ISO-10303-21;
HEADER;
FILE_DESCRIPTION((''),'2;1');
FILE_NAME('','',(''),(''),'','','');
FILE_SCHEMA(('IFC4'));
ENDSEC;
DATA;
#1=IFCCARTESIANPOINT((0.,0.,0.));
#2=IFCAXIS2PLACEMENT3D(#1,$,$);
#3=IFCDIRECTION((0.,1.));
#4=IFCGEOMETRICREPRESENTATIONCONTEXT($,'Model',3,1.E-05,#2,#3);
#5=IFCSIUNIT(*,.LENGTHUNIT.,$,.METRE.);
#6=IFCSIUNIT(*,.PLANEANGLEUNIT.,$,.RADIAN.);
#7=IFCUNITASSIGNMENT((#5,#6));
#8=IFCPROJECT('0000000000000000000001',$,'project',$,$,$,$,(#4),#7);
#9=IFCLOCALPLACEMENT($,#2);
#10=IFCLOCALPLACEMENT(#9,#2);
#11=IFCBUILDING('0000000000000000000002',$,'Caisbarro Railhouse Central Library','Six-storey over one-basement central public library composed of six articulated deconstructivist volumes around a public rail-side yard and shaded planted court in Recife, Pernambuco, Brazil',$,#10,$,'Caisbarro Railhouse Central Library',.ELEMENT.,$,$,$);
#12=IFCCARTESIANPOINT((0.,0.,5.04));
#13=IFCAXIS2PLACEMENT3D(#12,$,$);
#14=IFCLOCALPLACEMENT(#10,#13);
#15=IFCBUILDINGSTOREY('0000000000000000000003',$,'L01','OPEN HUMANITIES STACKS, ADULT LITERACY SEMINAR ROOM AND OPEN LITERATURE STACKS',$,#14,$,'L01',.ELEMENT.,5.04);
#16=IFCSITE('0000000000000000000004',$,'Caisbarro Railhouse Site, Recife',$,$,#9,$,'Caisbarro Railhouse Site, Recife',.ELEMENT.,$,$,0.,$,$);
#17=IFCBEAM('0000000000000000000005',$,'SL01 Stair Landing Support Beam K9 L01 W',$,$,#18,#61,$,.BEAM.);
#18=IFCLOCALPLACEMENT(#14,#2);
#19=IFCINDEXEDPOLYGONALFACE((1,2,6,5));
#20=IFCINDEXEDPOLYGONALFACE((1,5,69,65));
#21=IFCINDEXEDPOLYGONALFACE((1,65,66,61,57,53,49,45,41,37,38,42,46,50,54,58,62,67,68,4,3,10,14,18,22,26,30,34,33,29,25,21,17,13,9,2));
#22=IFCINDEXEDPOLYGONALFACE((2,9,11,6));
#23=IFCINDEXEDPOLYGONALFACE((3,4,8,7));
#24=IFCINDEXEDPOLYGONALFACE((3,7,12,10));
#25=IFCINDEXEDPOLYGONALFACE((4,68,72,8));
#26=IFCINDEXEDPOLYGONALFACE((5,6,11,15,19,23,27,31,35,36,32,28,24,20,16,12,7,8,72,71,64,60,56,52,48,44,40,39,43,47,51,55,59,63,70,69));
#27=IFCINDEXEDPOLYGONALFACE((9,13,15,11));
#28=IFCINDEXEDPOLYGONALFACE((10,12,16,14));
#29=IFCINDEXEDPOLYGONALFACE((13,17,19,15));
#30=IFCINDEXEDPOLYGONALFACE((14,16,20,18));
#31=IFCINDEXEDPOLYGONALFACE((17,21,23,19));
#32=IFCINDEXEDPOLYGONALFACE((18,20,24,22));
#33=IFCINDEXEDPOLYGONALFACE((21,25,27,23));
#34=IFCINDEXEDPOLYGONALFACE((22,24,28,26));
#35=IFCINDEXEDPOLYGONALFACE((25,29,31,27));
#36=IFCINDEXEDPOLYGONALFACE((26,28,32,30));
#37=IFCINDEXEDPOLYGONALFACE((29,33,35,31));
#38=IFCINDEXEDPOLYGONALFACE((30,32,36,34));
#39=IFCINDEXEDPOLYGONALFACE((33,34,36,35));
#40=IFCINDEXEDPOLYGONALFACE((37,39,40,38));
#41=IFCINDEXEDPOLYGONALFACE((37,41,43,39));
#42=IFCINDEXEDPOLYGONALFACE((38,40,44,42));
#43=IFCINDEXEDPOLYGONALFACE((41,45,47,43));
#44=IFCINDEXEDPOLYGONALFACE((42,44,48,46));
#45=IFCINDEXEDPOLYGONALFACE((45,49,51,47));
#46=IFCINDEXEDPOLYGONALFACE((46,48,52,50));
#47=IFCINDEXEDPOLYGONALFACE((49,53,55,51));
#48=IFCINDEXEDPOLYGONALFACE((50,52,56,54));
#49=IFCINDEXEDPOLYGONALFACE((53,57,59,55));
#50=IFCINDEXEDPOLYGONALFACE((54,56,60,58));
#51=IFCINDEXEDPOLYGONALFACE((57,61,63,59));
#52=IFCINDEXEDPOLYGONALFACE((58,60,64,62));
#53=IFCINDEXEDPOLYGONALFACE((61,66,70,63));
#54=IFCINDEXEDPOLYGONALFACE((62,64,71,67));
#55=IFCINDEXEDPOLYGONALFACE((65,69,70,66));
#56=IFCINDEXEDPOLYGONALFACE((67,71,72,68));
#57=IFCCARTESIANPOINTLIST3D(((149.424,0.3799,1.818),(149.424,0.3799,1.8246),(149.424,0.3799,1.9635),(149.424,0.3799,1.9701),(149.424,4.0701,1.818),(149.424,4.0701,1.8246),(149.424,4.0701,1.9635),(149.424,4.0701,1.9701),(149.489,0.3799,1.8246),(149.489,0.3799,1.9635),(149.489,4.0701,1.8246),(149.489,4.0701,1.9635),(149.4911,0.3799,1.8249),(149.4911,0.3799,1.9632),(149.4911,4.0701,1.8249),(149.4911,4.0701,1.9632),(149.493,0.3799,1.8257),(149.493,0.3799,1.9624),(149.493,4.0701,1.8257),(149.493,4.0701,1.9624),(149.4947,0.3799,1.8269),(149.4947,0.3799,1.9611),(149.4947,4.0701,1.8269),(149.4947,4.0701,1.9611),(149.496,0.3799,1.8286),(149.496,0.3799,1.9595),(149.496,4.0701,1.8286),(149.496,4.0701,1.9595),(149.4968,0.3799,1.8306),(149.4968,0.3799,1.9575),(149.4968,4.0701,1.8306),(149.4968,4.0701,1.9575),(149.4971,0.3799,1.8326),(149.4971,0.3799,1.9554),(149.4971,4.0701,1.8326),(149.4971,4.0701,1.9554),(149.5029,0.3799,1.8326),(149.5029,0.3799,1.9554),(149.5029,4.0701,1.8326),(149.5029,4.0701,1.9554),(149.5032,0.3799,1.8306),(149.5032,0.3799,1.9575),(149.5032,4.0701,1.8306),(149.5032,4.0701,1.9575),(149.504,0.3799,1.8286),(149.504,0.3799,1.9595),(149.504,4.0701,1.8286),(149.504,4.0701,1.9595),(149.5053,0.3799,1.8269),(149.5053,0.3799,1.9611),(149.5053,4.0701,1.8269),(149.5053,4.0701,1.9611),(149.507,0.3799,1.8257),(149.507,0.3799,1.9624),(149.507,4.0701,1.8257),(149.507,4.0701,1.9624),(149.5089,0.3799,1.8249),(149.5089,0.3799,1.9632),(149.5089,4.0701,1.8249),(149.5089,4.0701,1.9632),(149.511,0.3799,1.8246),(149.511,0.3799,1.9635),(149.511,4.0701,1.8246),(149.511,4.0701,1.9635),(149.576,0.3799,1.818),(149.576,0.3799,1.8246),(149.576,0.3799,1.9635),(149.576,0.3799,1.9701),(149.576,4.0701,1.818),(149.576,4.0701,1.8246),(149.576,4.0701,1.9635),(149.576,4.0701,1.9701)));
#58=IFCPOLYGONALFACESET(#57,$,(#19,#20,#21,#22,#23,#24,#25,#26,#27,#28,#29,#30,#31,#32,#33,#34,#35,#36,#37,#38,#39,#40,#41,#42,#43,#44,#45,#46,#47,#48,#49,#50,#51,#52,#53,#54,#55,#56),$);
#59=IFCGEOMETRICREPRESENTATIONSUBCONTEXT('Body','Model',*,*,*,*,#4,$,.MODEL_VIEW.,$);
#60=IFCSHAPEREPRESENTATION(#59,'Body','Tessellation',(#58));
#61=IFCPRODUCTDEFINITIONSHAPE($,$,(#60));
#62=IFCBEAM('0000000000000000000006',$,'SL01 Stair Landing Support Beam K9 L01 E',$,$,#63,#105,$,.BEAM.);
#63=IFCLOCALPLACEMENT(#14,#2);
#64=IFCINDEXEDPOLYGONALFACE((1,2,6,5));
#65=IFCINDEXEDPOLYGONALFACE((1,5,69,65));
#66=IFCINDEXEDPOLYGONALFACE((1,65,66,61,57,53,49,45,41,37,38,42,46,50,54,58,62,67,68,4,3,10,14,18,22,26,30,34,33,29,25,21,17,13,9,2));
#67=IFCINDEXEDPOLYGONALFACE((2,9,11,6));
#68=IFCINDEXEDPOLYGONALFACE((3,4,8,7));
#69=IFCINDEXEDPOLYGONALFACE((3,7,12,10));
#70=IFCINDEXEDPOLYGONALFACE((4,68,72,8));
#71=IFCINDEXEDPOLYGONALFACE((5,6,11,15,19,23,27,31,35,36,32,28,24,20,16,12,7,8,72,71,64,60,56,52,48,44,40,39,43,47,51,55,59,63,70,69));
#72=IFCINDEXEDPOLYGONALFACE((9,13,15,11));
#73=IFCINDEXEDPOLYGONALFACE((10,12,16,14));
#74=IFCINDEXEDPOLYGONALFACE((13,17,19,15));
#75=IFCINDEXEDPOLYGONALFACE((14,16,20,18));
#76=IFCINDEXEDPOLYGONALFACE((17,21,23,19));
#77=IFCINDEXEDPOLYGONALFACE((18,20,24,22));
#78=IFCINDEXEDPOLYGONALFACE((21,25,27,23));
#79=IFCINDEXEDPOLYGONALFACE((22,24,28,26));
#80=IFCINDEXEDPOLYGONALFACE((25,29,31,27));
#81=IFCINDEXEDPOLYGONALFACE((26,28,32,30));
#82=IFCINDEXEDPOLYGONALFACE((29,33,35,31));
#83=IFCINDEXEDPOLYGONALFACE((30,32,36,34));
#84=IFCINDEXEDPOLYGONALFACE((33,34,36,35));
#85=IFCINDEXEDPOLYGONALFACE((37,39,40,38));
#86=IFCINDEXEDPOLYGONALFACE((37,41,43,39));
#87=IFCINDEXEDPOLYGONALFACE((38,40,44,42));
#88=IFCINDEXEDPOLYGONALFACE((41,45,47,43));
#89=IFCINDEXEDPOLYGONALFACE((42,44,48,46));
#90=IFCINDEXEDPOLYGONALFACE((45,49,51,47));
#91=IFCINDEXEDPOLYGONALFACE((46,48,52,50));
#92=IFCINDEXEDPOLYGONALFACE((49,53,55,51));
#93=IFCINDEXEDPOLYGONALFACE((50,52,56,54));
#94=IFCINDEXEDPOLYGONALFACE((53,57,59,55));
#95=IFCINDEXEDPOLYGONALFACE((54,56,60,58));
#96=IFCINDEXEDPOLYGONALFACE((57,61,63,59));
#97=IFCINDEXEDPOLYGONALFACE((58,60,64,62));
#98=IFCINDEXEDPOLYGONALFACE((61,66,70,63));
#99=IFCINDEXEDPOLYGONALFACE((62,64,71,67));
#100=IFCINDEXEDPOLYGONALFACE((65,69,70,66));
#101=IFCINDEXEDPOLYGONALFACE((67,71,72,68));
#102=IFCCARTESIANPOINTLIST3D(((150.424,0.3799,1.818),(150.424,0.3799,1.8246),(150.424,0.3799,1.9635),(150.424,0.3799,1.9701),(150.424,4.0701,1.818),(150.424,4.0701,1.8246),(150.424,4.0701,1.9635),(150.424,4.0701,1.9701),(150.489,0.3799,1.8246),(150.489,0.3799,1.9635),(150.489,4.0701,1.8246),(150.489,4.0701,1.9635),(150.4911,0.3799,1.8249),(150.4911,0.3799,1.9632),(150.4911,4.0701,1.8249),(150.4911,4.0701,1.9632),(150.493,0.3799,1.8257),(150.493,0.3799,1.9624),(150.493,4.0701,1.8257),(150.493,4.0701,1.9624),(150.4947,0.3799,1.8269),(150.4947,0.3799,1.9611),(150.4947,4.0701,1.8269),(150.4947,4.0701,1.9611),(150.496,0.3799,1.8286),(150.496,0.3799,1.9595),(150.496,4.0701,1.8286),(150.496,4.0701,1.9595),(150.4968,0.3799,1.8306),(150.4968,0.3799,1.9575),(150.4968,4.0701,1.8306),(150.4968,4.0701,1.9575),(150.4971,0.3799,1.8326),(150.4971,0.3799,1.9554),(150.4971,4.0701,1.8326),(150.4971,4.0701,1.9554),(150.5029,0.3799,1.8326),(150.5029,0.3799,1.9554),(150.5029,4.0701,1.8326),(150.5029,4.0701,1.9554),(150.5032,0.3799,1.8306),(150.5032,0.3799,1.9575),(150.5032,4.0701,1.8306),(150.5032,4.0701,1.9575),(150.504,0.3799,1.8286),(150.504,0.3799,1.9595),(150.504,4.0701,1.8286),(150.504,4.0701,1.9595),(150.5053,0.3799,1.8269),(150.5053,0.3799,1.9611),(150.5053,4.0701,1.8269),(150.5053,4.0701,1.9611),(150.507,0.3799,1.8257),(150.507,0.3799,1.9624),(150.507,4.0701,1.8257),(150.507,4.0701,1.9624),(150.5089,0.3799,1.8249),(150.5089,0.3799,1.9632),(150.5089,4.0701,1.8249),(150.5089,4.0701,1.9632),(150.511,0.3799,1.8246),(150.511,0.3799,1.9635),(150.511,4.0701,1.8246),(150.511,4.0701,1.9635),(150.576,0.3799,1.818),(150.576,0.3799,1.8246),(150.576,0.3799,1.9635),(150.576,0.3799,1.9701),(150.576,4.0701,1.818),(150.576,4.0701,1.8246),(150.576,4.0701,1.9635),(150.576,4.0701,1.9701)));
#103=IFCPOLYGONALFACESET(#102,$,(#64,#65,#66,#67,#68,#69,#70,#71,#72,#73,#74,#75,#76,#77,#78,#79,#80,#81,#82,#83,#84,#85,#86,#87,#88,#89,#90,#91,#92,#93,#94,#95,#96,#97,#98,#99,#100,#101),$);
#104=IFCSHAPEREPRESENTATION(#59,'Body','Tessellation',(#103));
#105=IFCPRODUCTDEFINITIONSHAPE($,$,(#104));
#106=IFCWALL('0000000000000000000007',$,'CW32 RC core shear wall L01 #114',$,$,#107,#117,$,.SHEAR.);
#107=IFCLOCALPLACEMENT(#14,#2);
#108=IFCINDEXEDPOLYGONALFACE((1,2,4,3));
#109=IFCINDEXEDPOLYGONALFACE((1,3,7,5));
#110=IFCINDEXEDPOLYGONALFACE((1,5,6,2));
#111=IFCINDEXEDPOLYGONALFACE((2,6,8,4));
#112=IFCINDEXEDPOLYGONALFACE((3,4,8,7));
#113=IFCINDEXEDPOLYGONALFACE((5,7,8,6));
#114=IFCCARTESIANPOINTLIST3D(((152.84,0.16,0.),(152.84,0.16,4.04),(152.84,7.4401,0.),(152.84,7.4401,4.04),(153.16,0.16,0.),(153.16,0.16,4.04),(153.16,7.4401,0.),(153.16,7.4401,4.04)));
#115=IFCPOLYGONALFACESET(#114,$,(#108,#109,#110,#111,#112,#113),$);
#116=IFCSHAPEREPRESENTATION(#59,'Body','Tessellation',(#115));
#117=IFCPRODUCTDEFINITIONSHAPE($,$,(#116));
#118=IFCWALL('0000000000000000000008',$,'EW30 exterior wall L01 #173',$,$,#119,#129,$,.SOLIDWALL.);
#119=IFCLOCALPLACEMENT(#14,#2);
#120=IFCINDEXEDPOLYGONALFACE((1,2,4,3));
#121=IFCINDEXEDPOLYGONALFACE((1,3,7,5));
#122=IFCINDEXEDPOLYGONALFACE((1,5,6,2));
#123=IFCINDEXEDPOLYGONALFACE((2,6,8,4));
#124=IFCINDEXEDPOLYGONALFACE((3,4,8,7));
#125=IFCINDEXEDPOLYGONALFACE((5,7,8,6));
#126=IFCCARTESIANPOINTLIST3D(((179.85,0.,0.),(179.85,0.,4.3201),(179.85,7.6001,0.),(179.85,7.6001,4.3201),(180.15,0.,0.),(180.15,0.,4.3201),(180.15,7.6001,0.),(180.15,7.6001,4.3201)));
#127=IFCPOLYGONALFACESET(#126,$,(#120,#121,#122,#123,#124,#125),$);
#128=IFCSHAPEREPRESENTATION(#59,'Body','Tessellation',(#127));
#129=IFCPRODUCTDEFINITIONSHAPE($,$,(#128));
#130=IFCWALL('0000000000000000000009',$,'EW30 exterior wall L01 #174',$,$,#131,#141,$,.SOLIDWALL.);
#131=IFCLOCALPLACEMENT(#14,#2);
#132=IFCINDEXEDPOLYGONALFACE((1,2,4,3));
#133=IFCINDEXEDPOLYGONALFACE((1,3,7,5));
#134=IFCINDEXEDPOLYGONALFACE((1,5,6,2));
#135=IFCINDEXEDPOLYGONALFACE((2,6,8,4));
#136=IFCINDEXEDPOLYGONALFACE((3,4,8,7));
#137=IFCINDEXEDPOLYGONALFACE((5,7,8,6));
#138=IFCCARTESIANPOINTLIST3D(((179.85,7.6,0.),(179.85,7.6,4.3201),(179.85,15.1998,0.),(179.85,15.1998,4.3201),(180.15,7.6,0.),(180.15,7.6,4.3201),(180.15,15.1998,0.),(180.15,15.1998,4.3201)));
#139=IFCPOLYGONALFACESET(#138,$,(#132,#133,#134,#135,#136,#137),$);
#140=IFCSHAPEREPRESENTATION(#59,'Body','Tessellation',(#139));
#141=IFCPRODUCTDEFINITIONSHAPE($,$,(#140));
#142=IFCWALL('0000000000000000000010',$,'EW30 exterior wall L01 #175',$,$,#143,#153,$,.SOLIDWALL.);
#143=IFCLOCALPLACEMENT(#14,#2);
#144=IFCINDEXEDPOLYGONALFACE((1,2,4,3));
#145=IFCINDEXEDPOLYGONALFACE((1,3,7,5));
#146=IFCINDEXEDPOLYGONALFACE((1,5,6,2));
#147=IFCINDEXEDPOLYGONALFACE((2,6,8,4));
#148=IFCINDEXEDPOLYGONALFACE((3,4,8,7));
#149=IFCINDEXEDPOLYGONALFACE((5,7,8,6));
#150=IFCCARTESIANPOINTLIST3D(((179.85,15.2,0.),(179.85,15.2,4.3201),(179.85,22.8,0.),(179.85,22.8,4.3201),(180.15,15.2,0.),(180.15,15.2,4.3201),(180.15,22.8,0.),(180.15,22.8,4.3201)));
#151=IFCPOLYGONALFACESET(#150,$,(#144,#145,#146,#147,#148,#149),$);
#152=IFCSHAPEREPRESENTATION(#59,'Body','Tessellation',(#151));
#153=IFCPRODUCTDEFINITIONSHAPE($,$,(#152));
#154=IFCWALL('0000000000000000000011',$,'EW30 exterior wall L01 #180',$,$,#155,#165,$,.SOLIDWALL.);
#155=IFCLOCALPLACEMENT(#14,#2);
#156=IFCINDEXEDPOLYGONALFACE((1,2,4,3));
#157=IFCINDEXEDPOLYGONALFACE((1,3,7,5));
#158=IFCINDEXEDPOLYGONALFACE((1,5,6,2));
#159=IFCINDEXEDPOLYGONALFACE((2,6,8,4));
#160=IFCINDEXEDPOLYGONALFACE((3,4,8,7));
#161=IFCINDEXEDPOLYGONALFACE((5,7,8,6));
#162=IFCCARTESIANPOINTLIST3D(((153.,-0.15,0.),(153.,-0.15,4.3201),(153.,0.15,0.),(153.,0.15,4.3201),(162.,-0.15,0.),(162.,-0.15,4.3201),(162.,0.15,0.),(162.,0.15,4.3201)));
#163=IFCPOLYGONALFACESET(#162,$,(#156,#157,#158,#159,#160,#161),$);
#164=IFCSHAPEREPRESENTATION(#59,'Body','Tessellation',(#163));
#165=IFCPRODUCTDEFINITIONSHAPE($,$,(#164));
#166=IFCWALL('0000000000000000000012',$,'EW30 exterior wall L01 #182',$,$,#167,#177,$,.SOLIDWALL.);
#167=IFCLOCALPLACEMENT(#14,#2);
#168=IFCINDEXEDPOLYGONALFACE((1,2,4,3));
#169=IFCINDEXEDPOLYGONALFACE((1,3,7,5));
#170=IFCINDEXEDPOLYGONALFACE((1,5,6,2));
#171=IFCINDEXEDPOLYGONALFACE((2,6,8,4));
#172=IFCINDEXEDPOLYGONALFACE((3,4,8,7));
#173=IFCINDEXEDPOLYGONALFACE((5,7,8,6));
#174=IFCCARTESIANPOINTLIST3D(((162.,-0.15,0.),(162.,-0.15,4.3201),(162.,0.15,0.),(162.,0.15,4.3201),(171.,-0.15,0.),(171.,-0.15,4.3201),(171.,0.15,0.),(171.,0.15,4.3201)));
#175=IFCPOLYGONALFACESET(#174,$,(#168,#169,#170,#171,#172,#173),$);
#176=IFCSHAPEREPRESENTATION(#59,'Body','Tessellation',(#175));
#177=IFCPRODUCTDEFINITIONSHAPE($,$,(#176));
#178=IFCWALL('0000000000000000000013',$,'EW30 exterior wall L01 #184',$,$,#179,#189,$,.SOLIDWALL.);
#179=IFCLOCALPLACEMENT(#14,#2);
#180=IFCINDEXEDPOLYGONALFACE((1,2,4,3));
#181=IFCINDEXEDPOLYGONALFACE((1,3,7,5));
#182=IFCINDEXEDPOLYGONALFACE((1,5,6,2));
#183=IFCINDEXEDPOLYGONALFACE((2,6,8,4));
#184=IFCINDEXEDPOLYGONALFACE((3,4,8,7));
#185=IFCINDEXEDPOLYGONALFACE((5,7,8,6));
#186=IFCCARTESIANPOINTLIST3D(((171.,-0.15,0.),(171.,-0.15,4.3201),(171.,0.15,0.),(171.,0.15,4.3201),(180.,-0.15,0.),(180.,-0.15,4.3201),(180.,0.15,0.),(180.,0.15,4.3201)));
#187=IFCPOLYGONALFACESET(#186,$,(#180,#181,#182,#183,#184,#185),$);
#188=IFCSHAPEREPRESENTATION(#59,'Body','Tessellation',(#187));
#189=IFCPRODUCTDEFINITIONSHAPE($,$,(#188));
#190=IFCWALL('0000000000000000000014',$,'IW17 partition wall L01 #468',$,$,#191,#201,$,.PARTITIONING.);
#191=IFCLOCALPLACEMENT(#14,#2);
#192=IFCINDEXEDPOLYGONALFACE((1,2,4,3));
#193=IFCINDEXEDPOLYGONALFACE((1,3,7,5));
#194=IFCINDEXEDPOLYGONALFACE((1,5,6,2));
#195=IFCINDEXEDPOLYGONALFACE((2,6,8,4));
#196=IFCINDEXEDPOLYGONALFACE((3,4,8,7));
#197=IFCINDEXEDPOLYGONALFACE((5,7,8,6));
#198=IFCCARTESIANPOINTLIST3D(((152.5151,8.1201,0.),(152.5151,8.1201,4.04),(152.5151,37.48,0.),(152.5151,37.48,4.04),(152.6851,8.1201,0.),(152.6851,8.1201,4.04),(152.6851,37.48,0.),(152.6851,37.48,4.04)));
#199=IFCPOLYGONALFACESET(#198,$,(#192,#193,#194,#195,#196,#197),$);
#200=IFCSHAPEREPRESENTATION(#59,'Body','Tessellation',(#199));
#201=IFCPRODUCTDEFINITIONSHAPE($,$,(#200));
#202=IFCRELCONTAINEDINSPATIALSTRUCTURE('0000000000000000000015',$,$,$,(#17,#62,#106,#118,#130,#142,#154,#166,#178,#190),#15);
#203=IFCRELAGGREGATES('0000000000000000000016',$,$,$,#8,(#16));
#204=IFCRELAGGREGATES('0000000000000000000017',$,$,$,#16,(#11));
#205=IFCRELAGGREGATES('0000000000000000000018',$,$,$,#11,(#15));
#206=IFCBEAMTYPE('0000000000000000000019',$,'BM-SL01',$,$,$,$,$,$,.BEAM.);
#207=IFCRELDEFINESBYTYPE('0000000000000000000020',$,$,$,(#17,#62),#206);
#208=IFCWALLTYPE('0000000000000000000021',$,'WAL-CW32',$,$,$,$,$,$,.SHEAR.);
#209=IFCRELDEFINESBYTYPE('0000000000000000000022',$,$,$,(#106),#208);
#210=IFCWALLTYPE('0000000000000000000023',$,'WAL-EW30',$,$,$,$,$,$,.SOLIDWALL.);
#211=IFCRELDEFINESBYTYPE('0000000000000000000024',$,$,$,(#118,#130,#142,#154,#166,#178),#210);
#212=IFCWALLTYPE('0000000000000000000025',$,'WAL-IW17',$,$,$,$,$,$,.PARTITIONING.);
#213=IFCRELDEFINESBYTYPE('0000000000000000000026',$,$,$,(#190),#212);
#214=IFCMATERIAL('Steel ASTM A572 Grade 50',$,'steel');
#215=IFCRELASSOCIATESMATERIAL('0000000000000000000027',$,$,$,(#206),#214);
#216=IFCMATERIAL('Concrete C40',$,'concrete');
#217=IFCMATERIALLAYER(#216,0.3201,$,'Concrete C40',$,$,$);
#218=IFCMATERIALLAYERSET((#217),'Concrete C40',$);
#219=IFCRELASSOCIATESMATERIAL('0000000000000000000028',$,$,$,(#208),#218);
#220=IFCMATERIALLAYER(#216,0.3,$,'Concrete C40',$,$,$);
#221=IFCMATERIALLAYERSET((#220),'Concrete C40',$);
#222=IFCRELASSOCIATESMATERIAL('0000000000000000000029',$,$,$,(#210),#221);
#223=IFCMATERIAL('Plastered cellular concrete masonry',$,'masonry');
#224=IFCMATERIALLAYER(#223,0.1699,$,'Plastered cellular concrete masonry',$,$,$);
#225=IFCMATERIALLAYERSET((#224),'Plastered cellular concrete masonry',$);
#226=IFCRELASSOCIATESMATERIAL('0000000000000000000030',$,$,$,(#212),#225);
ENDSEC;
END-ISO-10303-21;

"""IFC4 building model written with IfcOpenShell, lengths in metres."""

from ifc_helpers import new_model, si_unit, direction, frame, frame_2d, origin, origin_2d, place, context, subcontext, project, spatial, rectangle, i_section, extrude, material, layer, layer_set, material_profile, profile_set, type_object, element, save


model = new_model("IFC4")

# Units and contexts
model_context = context("Model", 3, precision=1e-05, world=origin(), true_north=direction((0.0, 1.0)))
body_context = subcontext(model_context, "Body", "Model", "MODEL_VIEW")
ifc_project = project(units=[si_unit("LENGTHUNIT", "METRE"), si_unit("PLANEANGLEUNIT", "RADIAN")], contexts=[model_context])

# Site, building, storey
site_placement = place(None, origin())
site = spatial("IfcSite", under=ifc_project, at=site_placement, Name="Caisbarro Railhouse Site, Recife", LongName="Caisbarro Railhouse Site, Recife", CompositionType="ELEMENT", RefElevation=0.0)
building_placement = place(site_placement, origin())
building = spatial("IfcBuilding", under=site, at=building_placement, Name="Caisbarro Railhouse Central Library", Description="Six-storey over one-basement central public library composed of six articulated deconstructivist volumes around a public rail-side yard and shaded planted court in Recife, Pernambuco, Brazil", LongName="Caisbarro Railhouse Central Library", CompositionType="ELEMENT")
storey_placement = place(building_placement, frame((0.0, 0.0, 5.04)))
storey = spatial("IfcBuildingStorey", under=building, at=storey_placement, Name="L01", Description="OPEN HUMANITIES STACKS, ADULT LITERACY SEMINAR ROOM AND OPEN LITERATURE STACKS", LongName="L01", CompositionType="ELEMENT", Elevation=5.04)

# Shared definitions
ifc_material_1 = material(Name="Steel ASTM A572 Grade 50", Category="steel")

# Beams
ifc_material_profile_1 = material_profile(ifc_material_1, i_section(OverallWidth=0.1521, OverallDepth=0.1521, WebThickness=0.0059, FlangeThickness=0.0066, FilletRadius=0.0081, at=origin_2d()), Name="W150X22.5")
ifc_profile_set_1 = profile_set([ifc_material_profile_1], Name="Steel ASTM A572 Grade 50")
beam_type_1 = type_object("IfcBeamType", Name="BM-SL01", PredefinedType="BEAM", material=ifc_profile_set_1)
for number, where, z_axis, x_axis, name in (
    (1, (149.5, 0.3799, 1.894), (0.0, 1.0, 0.0), (-1.0, 0.0, 0.0), "SL01 Stair Landing Support Beam K9 L01 W"),
    (2, (150.5, 0.3799, 1.894), (0.0, 1.0, 0.0), (-1.0, 0.0, 0.0), "SL01 Stair Landing Support Beam K9 L01 E"),
):
    element("IfcBeam", number, at=place(storey_placement, frame(where, z_axis=z_axis, x_axis=x_axis)), inside=storey, type_object=beam_type_1, Name=name, PredefinedType="BEAM", context=body_context, shape_type="SweptSolid", body=[
        extrude(i_section(OverallWidth=0.1521, OverallDepth=0.1521, WebThickness=0.0059, FlangeThickness=0.0066, FilletRadius=0.0081, at=origin_2d()), origin(), (0.0, 0.0, 1.0), 3.6902),
    ])

# Walls
ifc_material_2 = material(Name="Concrete C40", Category="concrete")
ifc_layer_1 = layer(ifc_material_2, 0.3201, Name="Concrete C40")
ifc_layer_set_1 = layer_set([ifc_layer_1], Name="Concrete C40")
wall_type_1 = type_object("IfcWallType", Name="WAL-CW32", PredefinedType="SHEAR", material=ifc_layer_set_1)
wall_1_placement = place(storey_placement, frame((153.0, 0.1599, 0.0), z_axis=(0.0, 0.0, 1.0), x_axis=(0.0, 1.0, 0.0)))
element("IfcWall", 3, at=wall_1_placement, inside=storey, type_object=wall_type_1, Name="CW32 RC core shear wall L01 #114", PredefinedType="SHEAR", context=body_context, shape_type="SweptSolid", body=[
    extrude(rectangle(XDim=7.28, YDim=0.3201, at=frame_2d((3.6401, 0.0))), origin(), (0.0, 0.0, 1.0), 4.04),
])
ifc_layer_2 = layer(ifc_material_2, 0.3, Name="Concrete C40")
ifc_layer_set_2 = layer_set([ifc_layer_2], Name="Concrete C40")
wall_type_2 = type_object("IfcWallType", Name="WAL-EW30", PredefinedType="SOLIDWALL", material=ifc_layer_set_2)
wall_2_placement = place(storey_placement, frame((180.0, 0.0, 0.0), z_axis=(0.0, 0.0, 1.0), x_axis=(0.0, 1.0, 0.0)))
element("IfcWall", 4, at=wall_2_placement, inside=storey, type_object=wall_type_2, Name="EW30 exterior wall L01 #173", PredefinedType="SOLIDWALL", context=body_context, shape_type="SweptSolid", body=[
    extrude(rectangle(XDim=7.6001, YDim=0.3, at=frame_2d((3.8, 0.0))), origin(), (0.0, 0.0, 1.0), 4.3201),
])
wall_3_placement = place(storey_placement, frame((180.0, 7.6001, 0.0), z_axis=(0.0, 0.0, 1.0), x_axis=(0.0, 1.0, 0.0)))
element("IfcWall", 5, at=wall_3_placement, inside=storey, type_object=wall_type_2, Name="EW30 exterior wall L01 #174", PredefinedType="SOLIDWALL", context=body_context, shape_type="SweptSolid", body=[
    extrude(rectangle(XDim=7.5999, YDim=0.3, at=frame_2d((3.7998, 0.0))), origin(), (0.0, 0.0, 1.0), 4.3201),
])
wall_4_placement = place(storey_placement, frame((180.0, 15.2, 0.0), z_axis=(0.0, 0.0, 1.0), x_axis=(0.0, 1.0, 0.0)))
element("IfcWall", 6, at=wall_4_placement, inside=storey, type_object=wall_type_2, Name="EW30 exterior wall L01 #175", PredefinedType="SOLIDWALL", context=body_context, shape_type="SweptSolid", body=[
    extrude(rectangle(XDim=7.6001, YDim=0.3, at=frame_2d((3.8, 0.0))), origin(), (0.0, 0.0, 1.0), 4.3201),
])
for number, where, z_axis, x_axis, name in (
    (7, (153.0, 0.0, 0.0), (0.0, 0.0, 1.0), (1.0, 0.0, 0.0), "EW30 exterior wall L01 #180"),
    (8, (162.0, 0.0, 0.0), (0.0, 0.0, 1.0), (1.0, 0.0, 0.0), "EW30 exterior wall L01 #182"),
    (9, (171.0, 0.0, 0.0), (0.0, 0.0, 1.0), (1.0, 0.0, 0.0), "EW30 exterior wall L01 #184"),
):
    element("IfcWall", number, at=place(storey_placement, frame(where, z_axis=z_axis, x_axis=x_axis)), inside=storey, type_object=wall_type_2, Name=name, PredefinedType="SOLIDWALL", context=body_context, shape_type="SweptSolid", body=[
        extrude(rectangle(XDim=9.0, YDim=0.3, at=frame_2d((4.5, 0.0))), origin(), (0.0, 0.0, 1.0), 4.3201),
    ])
ifc_material_3 = material(Name="Plastered cellular concrete masonry", Category="masonry")
ifc_layer_3 = layer(ifc_material_3, 0.1699, Name="Plastered cellular concrete masonry")
ifc_layer_set_3 = layer_set([ifc_layer_3], Name="Plastered cellular concrete masonry")
wall_type_3 = type_object("IfcWallType", Name="WAL-IW17", PredefinedType="PARTITIONING", material=ifc_layer_set_3)
wall_5_placement = place(storey_placement, frame((152.6001, 8.1201, 0.0), z_axis=(0.0, 0.0, 1.0), x_axis=(0.0, 1.0, 0.0)))
element("IfcWall", 10, at=wall_5_placement, inside=storey, type_object=wall_type_3, Name="IW17 partition wall L01 #468", PredefinedType="PARTITIONING", context=body_context, shape_type="SweptSolid", body=[
    extrude(rectangle(XDim=29.3599, YDim=0.1699, at=frame_2d((14.6799, 0.0))), origin(), (0.0, 0.0, 1.0), 4.04),
])

save(model, "model.ifc")
